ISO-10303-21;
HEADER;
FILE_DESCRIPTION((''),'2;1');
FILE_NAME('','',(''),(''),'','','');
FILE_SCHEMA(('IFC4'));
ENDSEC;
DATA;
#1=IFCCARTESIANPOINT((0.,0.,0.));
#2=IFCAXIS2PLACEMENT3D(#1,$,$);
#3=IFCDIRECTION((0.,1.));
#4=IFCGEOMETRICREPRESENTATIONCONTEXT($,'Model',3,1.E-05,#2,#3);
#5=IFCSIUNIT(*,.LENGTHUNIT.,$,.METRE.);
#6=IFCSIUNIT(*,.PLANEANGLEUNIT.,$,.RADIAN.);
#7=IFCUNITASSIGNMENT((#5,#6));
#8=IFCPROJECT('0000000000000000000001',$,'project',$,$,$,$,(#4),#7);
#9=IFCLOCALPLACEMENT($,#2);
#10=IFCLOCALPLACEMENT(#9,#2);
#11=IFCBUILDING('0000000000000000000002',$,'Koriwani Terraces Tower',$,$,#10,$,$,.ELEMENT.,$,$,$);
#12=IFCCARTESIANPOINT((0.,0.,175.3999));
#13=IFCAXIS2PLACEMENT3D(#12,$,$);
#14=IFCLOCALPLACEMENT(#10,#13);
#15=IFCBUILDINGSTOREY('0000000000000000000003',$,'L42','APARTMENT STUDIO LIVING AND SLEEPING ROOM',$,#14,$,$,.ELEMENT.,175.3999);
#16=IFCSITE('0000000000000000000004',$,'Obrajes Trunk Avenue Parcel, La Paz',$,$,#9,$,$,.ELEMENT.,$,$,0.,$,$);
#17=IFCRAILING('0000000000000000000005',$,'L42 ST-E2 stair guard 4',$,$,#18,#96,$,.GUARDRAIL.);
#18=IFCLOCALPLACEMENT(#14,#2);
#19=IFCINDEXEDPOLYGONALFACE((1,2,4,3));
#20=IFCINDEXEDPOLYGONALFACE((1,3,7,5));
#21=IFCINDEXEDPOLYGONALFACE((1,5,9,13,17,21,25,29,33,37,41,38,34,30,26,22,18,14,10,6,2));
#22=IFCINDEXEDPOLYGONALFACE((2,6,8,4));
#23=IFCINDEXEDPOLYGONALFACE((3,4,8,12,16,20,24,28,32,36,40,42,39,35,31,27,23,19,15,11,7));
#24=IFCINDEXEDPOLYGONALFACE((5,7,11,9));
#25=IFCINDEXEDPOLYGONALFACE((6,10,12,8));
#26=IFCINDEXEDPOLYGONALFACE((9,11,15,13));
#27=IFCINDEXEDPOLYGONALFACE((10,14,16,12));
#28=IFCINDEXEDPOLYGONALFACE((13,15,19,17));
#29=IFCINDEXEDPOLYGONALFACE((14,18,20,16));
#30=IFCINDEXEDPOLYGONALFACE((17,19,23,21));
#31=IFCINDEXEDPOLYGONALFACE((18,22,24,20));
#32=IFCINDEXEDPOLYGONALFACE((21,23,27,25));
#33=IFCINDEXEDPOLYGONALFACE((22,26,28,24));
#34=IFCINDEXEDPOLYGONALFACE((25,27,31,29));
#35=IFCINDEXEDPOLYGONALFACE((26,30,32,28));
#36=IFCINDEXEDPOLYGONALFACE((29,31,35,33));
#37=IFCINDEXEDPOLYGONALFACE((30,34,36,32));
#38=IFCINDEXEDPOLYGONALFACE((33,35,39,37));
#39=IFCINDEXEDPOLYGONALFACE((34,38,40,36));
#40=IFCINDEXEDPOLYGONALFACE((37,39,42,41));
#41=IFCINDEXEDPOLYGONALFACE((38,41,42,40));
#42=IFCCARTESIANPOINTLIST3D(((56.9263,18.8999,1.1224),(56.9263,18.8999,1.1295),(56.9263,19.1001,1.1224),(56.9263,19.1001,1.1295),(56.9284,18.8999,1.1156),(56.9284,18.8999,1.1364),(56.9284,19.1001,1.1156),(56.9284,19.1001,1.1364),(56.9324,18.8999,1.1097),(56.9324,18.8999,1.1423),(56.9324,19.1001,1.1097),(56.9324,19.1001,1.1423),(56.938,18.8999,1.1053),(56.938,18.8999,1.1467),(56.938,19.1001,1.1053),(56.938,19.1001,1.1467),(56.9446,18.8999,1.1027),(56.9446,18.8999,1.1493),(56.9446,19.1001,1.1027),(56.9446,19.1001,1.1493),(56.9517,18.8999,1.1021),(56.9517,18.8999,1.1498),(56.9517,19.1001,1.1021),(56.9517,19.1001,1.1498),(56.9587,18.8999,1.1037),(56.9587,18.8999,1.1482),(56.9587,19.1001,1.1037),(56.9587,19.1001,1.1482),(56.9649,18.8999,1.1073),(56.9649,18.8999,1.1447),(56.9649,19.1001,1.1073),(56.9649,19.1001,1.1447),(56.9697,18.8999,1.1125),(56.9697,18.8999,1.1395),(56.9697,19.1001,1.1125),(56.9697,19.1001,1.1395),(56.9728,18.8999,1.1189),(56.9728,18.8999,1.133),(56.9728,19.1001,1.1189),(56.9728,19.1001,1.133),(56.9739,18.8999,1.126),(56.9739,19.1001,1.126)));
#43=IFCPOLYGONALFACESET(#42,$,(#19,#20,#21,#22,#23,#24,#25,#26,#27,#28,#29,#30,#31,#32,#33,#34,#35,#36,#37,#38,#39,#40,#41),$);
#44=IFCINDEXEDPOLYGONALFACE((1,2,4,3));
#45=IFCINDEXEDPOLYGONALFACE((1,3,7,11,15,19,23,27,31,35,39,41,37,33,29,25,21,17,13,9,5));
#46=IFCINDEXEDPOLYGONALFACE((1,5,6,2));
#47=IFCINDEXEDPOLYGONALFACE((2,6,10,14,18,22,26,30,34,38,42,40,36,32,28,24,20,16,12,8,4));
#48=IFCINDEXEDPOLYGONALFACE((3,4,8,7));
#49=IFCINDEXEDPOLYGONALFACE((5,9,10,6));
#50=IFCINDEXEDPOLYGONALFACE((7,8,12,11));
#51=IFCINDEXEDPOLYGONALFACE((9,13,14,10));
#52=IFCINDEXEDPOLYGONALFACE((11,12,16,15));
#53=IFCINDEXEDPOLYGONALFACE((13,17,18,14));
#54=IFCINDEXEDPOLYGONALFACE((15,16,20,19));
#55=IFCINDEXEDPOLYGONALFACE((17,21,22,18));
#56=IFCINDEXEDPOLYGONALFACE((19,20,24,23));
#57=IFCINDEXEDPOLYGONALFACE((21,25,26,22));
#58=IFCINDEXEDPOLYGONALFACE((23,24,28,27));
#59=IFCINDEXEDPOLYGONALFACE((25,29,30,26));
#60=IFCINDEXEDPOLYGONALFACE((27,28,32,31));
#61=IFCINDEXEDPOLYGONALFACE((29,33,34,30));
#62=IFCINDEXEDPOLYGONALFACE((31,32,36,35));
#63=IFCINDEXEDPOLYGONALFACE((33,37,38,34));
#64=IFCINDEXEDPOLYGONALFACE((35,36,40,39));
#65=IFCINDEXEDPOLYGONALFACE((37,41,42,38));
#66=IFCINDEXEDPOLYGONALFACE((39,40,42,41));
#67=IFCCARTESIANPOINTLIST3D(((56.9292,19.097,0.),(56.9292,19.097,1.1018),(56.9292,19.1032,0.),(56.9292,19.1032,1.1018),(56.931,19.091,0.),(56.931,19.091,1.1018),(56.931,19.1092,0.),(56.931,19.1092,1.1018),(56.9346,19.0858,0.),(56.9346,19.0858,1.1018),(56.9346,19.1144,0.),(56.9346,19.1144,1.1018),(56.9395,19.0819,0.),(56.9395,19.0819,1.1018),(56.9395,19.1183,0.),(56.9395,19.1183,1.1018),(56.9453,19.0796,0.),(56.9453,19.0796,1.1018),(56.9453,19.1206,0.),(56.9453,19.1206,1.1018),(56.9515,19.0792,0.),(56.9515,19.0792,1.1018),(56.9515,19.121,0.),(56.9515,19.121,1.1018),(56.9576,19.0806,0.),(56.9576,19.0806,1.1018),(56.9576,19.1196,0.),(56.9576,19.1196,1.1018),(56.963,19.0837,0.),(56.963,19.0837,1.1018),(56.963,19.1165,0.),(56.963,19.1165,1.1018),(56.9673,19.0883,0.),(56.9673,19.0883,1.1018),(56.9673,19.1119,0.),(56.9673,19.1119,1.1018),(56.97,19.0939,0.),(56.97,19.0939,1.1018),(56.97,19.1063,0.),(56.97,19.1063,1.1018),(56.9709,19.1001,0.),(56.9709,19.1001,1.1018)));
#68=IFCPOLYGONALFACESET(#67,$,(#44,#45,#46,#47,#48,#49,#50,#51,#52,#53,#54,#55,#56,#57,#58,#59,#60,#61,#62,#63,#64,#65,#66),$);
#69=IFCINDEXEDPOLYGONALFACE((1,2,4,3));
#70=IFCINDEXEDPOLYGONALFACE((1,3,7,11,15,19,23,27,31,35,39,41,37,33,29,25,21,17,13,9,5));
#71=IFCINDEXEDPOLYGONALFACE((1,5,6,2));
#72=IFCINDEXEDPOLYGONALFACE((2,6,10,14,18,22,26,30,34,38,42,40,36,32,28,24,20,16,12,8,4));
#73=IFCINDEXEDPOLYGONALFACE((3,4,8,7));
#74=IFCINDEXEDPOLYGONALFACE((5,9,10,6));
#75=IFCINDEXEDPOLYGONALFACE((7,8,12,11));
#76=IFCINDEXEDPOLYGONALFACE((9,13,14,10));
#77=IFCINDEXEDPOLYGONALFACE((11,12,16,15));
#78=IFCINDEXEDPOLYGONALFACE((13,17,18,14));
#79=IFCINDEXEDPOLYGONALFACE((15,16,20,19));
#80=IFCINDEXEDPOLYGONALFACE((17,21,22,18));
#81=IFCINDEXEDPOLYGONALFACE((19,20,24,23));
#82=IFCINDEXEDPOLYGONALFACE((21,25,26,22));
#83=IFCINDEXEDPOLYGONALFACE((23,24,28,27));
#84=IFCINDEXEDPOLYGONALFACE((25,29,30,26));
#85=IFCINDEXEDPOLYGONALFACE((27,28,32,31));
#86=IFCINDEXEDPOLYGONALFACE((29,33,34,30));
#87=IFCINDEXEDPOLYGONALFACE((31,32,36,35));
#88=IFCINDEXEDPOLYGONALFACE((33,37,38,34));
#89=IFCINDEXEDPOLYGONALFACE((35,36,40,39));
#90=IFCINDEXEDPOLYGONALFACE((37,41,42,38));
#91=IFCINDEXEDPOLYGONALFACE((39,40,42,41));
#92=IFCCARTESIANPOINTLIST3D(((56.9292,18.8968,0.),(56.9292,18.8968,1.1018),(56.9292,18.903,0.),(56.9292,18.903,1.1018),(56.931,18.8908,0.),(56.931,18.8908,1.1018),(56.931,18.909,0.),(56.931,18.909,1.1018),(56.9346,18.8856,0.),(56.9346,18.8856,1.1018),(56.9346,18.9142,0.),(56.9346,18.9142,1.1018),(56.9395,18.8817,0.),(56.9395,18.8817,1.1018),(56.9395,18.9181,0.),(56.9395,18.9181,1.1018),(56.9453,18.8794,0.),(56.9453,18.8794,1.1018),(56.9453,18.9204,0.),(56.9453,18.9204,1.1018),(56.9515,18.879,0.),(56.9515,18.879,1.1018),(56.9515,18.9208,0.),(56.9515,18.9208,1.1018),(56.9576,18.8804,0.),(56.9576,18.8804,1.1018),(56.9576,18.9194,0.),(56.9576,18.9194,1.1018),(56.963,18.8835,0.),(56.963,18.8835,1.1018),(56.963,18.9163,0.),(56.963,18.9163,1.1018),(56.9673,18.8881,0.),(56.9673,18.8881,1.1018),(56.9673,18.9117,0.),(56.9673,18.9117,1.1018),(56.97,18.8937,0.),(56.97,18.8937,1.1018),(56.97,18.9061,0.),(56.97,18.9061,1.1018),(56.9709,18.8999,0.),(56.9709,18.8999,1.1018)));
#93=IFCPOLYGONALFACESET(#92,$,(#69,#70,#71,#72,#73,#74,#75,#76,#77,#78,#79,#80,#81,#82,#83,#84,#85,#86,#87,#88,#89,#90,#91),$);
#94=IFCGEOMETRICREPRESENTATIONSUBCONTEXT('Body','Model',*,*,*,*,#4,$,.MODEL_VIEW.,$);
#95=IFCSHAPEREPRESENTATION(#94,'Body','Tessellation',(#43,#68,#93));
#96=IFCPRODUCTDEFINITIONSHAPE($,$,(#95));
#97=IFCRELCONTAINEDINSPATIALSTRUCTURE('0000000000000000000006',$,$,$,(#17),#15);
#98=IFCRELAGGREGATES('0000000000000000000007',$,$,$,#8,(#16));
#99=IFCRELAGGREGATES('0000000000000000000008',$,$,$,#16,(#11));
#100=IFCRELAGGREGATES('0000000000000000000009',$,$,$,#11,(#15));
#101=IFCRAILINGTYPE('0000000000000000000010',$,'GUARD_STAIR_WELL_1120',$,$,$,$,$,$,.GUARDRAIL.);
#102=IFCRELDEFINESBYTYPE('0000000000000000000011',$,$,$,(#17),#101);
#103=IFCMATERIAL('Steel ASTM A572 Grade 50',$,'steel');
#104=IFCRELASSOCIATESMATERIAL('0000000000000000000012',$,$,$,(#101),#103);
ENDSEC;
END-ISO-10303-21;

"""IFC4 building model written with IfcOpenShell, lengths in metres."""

from ifc_helpers import new_model, si_unit, direction, frame, origin, origin_2d, place, context, subcontext, project, spatial, circle, extrude, material, type_object, element, save


model = new_model("IFC4")

# Units and contexts
model_context = context("Model", 3, precision=1e-05, world=origin(), true_north=direction((0.0, 1.0)))
body_context = subcontext(model_context, "Body", "Model", "MODEL_VIEW")
ifc_project = project(units=[si_unit("LENGTHUNIT", "METRE"), si_unit("PLANEANGLEUNIT", "RADIAN")], contexts=[model_context])

# Site, building, storey
site_placement = place(None, origin())
site = spatial("IfcSite", under=ifc_project, at=site_placement, Name="Obrajes Trunk Avenue Parcel, La Paz", CompositionType="ELEMENT", RefElevation=0.0)
building_placement = place(site_placement, origin())
building = spatial("IfcBuilding", under=site, at=building_placement, Name="Koriwani Terraces Tower", CompositionType="ELEMENT")
storey_placement = place(building_placement, frame((0.0, 0.0, 175.3999)))
storey = spatial("IfcBuildingStorey", under=building, at=storey_placement, Name="L42", Description="APARTMENT STUDIO LIVING AND SLEEPING ROOM", CompositionType="ELEMENT", Elevation=175.3999)

# Shared definitions
ifc_material_1 = material(Name="Steel ASTM A572 Grade 50", Category="steel")

# Railing
railing_type_1 = type_object("IfcRailingType", Name="GUARD_STAIR_WELL_1120", PredefinedType="GUARDRAIL", material=ifc_material_1)
railing_1_placement = place(storey_placement, frame((56.95, 19.1001, 0.0)))
element("IfcRailing", 1, at=railing_1_placement, inside=storey, type_object=railing_type_1, Name="L42 ST-E2 stair guard 4", PredefinedType="GUARDRAIL", context=body_context, shape_type="SweptSolid", body=[
    extrude(circle(Radius=0.0239, at=origin_2d()), frame((0.0, 0.0, 1.126), z_axis=(0.0, -1.0, 0.0), x_axis=(1.0, 0.0, 0.0)), (0.0, 0.0, 1.0), 0.2002),
    extrude(circle(Radius=0.021, at=origin_2d()), origin(), (0.0, 0.0, 1.0), 1.1018),
    extrude(circle(Radius=0.021, at=origin_2d()), frame((0.0, -0.2002, 0.0)), (0.0, 0.0, 1.0), 1.1018),
])

save(model, "model.ifc")
